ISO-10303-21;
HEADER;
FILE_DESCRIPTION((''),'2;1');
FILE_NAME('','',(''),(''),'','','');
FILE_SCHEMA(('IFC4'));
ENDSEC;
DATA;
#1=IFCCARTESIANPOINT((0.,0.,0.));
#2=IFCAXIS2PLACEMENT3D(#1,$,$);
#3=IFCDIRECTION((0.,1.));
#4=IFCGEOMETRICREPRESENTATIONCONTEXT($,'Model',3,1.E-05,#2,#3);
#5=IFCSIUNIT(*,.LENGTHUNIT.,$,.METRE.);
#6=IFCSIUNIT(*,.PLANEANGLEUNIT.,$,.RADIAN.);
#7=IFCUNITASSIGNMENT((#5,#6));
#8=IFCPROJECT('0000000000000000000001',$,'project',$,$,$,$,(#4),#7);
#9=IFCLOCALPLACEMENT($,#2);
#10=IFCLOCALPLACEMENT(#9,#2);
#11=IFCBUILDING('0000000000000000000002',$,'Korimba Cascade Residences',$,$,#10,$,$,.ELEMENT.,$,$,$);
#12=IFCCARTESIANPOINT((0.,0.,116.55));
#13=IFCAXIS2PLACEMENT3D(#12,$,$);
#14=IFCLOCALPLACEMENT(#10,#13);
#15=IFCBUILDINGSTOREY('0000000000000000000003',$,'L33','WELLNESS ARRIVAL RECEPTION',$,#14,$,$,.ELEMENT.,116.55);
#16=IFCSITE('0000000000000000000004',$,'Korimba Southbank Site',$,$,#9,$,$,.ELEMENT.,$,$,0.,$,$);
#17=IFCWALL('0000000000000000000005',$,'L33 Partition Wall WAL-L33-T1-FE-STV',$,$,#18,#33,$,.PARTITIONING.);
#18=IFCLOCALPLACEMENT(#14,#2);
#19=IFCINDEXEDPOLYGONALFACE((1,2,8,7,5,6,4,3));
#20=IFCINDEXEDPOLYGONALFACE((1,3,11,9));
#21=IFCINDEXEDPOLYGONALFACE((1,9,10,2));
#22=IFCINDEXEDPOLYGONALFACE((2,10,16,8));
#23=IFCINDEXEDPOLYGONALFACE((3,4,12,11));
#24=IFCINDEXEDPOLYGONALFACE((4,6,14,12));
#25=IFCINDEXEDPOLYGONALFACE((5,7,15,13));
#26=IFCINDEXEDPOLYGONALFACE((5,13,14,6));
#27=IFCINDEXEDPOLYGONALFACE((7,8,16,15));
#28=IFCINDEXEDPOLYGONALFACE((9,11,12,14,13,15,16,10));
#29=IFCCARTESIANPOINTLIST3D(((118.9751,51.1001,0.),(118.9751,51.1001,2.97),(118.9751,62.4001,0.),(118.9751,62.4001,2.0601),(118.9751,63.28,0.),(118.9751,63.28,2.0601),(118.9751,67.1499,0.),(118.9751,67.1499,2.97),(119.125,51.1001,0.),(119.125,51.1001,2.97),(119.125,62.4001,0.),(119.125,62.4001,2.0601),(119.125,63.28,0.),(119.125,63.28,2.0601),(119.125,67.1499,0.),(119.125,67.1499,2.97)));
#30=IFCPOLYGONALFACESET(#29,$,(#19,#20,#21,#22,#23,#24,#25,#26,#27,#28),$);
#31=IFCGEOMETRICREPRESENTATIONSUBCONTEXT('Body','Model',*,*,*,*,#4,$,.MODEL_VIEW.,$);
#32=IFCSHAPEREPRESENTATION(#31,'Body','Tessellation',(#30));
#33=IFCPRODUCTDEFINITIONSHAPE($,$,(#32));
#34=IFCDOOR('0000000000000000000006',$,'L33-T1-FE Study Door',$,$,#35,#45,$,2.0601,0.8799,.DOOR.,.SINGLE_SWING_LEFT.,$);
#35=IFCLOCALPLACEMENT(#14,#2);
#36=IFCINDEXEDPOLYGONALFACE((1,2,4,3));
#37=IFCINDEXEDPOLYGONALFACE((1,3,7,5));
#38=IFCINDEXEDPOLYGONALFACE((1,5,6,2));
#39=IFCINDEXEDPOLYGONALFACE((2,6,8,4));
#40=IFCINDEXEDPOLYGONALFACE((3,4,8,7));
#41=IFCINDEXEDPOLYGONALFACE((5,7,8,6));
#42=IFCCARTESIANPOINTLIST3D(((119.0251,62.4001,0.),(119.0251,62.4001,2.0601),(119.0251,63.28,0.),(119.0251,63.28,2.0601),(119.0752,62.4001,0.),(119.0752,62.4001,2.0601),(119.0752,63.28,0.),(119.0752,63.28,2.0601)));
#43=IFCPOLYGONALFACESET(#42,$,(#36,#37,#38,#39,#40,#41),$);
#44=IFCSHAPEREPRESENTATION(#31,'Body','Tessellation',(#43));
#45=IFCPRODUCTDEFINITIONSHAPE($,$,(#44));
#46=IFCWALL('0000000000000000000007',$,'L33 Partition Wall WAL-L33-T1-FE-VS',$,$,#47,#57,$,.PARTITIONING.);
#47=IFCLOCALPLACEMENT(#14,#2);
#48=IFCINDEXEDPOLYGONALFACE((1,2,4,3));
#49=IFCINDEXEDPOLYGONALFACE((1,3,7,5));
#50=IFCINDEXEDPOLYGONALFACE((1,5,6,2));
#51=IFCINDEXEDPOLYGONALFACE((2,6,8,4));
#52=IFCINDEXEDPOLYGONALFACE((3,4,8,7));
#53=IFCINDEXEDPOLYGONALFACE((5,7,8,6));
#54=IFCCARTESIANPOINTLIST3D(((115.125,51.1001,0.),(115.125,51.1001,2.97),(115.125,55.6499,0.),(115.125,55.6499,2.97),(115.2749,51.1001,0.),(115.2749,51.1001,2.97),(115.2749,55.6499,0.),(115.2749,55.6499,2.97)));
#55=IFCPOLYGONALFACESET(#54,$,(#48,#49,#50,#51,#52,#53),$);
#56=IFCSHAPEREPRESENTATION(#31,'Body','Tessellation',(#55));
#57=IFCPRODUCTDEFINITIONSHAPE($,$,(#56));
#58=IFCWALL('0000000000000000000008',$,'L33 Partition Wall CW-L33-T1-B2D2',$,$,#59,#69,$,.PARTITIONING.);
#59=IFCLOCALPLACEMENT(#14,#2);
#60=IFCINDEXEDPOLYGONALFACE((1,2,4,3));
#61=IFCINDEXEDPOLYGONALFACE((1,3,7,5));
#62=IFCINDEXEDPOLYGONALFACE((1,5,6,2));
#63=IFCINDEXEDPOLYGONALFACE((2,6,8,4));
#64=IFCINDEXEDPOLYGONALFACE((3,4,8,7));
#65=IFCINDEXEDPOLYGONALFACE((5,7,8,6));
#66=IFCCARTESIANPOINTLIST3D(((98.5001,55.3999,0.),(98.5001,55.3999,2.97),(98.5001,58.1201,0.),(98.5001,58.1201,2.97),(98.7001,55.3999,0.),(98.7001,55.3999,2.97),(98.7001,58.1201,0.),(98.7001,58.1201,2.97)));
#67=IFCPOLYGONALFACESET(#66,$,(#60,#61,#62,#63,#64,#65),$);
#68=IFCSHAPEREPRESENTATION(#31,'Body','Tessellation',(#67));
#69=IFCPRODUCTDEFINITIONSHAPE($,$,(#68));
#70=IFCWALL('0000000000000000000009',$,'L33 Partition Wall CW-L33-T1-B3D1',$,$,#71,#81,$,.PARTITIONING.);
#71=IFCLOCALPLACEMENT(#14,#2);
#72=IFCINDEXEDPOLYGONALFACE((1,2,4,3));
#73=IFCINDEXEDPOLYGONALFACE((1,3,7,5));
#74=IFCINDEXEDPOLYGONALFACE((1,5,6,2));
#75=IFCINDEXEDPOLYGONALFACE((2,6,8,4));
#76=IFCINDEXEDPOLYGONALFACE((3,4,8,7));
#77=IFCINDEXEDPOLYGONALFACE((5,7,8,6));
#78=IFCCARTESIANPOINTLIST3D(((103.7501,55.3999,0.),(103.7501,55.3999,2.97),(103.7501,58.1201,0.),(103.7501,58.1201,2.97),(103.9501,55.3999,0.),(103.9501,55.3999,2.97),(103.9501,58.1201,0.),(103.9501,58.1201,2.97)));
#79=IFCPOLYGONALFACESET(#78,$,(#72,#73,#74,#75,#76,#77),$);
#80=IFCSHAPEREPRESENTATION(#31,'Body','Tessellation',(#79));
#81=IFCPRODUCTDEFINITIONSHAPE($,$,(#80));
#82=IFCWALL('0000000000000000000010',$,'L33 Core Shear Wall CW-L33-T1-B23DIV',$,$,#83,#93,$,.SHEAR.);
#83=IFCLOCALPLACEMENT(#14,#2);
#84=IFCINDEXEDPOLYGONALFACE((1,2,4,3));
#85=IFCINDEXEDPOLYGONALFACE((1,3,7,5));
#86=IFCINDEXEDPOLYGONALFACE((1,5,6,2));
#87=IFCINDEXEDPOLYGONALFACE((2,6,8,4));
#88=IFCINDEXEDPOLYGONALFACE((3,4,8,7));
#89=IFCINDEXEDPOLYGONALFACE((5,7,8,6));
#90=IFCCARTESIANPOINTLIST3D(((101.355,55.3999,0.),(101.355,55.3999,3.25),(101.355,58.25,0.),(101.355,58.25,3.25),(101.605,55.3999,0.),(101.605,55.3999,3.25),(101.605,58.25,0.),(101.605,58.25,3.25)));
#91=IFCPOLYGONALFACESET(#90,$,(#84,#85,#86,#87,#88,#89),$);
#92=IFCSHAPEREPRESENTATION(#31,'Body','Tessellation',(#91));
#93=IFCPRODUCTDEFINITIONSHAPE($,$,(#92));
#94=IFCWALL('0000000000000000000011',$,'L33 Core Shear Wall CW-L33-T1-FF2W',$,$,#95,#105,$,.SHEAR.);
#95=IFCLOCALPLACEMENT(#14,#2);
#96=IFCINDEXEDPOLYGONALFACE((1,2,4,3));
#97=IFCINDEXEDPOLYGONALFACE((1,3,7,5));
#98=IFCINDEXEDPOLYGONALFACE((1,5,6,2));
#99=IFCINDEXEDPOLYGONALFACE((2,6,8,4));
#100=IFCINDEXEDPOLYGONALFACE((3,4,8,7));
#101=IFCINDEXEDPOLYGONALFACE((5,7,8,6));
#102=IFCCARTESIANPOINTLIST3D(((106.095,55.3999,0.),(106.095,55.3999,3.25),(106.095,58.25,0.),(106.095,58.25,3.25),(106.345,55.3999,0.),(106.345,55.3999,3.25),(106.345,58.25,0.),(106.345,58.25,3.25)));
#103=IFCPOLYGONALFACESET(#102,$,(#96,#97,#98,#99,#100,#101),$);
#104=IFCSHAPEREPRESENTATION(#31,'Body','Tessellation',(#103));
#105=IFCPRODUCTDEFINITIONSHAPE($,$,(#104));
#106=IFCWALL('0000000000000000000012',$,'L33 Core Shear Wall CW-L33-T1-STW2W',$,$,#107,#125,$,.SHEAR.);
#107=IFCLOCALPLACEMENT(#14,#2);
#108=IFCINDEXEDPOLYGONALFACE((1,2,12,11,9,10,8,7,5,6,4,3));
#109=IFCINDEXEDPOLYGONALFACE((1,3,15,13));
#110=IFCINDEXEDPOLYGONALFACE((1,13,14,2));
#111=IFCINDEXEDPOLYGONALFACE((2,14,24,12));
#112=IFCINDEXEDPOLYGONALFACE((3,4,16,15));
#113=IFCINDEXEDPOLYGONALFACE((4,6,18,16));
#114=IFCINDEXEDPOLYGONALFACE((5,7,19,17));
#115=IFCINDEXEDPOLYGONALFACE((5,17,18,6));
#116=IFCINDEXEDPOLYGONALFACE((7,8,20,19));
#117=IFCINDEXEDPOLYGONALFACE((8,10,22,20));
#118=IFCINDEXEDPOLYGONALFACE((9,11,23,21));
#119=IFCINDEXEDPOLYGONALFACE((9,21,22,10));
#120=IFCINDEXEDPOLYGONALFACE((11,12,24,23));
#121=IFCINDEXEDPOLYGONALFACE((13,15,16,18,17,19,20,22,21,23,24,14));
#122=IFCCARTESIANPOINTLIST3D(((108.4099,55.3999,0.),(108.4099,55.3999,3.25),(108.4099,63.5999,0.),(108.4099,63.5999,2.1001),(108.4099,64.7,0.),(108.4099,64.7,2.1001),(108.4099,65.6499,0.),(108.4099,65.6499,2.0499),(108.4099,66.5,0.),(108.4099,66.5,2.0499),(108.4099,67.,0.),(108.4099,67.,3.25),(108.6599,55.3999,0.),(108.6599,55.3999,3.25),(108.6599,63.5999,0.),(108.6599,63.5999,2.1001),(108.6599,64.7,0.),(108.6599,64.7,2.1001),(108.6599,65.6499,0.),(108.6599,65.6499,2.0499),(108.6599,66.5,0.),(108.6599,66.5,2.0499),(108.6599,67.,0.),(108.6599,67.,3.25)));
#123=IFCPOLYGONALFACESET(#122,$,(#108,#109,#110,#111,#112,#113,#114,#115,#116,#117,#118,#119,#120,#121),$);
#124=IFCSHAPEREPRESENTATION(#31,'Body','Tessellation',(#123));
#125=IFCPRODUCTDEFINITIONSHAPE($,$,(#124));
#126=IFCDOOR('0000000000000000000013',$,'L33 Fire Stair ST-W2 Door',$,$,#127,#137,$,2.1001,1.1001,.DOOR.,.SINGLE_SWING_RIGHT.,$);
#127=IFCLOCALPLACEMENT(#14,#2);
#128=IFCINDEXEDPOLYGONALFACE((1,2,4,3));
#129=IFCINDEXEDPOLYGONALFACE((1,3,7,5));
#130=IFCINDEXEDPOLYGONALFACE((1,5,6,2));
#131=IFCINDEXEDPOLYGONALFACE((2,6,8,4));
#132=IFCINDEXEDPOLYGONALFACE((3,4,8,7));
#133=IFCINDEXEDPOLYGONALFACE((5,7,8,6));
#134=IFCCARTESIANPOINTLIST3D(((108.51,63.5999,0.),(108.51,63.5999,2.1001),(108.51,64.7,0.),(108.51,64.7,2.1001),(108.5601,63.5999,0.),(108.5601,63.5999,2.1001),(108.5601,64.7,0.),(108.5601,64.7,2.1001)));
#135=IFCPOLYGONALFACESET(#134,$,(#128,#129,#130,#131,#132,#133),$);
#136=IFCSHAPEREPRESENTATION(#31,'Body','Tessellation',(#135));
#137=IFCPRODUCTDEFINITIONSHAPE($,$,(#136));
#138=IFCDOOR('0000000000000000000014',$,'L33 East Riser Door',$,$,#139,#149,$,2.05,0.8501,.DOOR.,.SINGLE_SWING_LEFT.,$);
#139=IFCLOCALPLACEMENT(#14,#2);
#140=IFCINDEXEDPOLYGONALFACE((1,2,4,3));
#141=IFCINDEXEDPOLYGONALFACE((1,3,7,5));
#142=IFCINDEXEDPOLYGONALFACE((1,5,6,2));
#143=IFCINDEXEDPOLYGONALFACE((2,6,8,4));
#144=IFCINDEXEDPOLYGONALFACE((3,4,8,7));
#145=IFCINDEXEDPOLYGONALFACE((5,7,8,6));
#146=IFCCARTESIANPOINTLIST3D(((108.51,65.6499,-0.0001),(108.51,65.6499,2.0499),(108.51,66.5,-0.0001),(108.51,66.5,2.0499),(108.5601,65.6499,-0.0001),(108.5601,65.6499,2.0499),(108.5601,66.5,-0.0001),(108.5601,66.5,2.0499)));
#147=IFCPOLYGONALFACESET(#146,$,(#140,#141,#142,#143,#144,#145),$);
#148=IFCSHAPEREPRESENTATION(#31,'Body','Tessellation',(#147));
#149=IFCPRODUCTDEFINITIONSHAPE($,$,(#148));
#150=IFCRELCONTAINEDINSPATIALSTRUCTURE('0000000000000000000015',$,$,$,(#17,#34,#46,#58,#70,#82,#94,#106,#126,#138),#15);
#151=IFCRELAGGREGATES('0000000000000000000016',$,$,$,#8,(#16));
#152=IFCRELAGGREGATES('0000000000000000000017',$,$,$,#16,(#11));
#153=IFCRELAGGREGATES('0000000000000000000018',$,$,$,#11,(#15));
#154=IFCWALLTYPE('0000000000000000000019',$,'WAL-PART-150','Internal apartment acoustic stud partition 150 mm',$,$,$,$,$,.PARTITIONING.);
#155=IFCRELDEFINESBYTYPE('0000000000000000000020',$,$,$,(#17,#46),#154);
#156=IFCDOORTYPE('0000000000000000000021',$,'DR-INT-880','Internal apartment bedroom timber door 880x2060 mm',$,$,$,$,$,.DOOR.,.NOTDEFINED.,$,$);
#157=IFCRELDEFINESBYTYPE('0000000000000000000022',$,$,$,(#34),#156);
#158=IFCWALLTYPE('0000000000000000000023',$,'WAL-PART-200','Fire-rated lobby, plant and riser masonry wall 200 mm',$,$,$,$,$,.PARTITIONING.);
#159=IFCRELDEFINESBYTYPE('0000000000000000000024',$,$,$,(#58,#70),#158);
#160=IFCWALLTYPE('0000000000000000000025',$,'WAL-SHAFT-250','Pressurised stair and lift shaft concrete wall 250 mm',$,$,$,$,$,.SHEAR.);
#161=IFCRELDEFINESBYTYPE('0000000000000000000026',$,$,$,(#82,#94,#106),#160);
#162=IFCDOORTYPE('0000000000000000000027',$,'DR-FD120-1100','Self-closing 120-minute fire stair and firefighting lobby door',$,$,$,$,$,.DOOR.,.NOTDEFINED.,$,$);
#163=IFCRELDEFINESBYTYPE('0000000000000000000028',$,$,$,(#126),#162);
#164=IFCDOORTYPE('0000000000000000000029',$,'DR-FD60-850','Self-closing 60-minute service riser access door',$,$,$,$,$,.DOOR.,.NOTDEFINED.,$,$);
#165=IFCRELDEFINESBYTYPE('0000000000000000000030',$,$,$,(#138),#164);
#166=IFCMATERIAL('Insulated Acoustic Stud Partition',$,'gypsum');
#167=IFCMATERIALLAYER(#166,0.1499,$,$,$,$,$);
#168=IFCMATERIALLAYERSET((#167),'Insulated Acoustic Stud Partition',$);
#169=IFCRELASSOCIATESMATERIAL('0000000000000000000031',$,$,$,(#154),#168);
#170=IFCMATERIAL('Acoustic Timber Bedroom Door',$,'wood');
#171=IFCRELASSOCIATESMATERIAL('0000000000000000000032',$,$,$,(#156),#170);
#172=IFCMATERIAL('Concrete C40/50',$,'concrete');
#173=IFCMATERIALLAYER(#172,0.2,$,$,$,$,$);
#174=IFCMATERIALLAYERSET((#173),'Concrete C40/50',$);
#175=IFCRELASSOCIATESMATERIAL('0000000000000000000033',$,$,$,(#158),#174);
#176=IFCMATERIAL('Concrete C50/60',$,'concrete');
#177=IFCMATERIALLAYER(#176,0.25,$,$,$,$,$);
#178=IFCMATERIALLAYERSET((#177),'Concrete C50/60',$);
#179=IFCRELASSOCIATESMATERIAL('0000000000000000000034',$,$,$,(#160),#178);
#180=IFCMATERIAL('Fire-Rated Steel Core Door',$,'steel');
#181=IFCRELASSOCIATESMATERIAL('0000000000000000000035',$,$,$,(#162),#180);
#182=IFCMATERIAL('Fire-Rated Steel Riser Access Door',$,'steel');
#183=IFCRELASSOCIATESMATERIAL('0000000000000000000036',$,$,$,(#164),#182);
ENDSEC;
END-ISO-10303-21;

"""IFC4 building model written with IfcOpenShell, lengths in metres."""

from ifc_helpers import new_model, si_unit, direction, frame, frame_2d, origin, place, context, subcontext, project, spatial, rectangle, extrude, material, layer, layer_set, type_object, element, fill, save


model = new_model("IFC4")

# Units and contexts
model_context = context("Model", 3, precision=1e-05, world=origin(), true_north=direction((0.0, 1.0)))
body_context = subcontext(model_context, "Body", "Model", "MODEL_VIEW")
ifc_project = project(units=[si_unit("LENGTHUNIT", "METRE"), si_unit("PLANEANGLEUNIT", "RADIAN")], contexts=[model_context])

# Site, building, storey
site_placement = place(None, origin())
site = spatial("IfcSite", under=ifc_project, at=site_placement, Name="Korimba Southbank Site", CompositionType="ELEMENT", RefElevation=0.0)
building_placement = place(site_placement, origin())
building = spatial("IfcBuilding", under=site, at=building_placement, Name="Korimba Cascade Residences", CompositionType="ELEMENT")
storey_placement = place(building_placement, frame((0.0, 0.0, 116.55)))
storey = spatial("IfcBuildingStorey", under=building, at=storey_placement, Name="L33", Description="WELLNESS ARRIVAL RECEPTION", CompositionType="ELEMENT", Elevation=116.55)

# Wall, opening, door
ifc_material_1 = material(Name="Insulated Acoustic Stud Partition", Category="gypsum")
ifc_layer_1 = layer(ifc_material_1, 0.1499)
ifc_layer_set_1 = layer_set([ifc_layer_1], Name="Insulated Acoustic Stud Partition")
wall_type_1 = type_object("IfcWallType", Name="WAL-PART-150", Description="Internal apartment acoustic stud partition 150 mm", PredefinedType="PARTITIONING", material=ifc_layer_set_1)
wall_1_placement = place(storey_placement, frame((119.05, 51.1001, 0.0), z_axis=(0.0, 0.0, 1.0), x_axis=(0.0, 1.0, 0.0)))
wall_1 = element("IfcWall", 1, at=wall_1_placement, inside=storey, type_object=wall_type_1, Name="L33 Partition Wall WAL-L33-T1-FE-STV", PredefinedType="PARTITIONING", context=body_context, shape_type="SweptSolid", body=[
    extrude(rectangle(XDim=16.0498, YDim=0.1499, at=frame_2d((8.0249, 0.0))), origin(), (0.0, 0.0, 1.0), 2.97),
])
opening_1_placement = place(wall_1_placement, frame((11.3, 0.0, 0.0)))
opening_1 = element("IfcOpeningElement", 2, at=opening_1_placement, cuts=wall_1, PredefinedType="OPENING", context=body_context, shape_type="SweptSolid", body=[
    extrude(rectangle(XDim=0.8799, YDim=2.0601, at=frame_2d((0.4399, 1.03))), frame((0.0, 0.085, 0.0), z_axis=(0.0, -1.0, 0.0), x_axis=(1.0, 0.0, 0.0)), (0.0, 0.0, 1.0), 0.1699),
])
ifc_material_2 = material(Name="Acoustic Timber Bedroom Door", Category="wood")
door_type_1 = type_object("IfcDoorType", Name="DR-INT-880", Description="Internal apartment bedroom timber door 880x2060 mm", OperationType="NOTDEFINED", PredefinedType="DOOR", material=ifc_material_2)
door_1_placement = place(opening_1_placement, origin())
door_1 = element("IfcDoor", 3, at=door_1_placement, inside=storey, type_object=door_type_1, Name="L33-T1-FE Study Door", OperationType="SINGLE_SWING_LEFT", OverallHeight=2.0601, OverallWidth=0.8799, PredefinedType="DOOR", context=body_context, shape_type="SweptSolid", body=[
    extrude(rectangle(XDim=0.8799, YDim=2.0601, at=frame_2d((0.4399, 1.03))), frame((0.0, 0.0249, 0.0), z_axis=(0.0, -1.0, 0.0), x_axis=(1.0, 0.0, 0.0)), (0.0, 0.0, 1.0), 0.05),
])
fill(opening_1, door_1)

# Walls
wall_2_placement = place(storey_placement, frame((115.2, 51.1001, 0.0), z_axis=(0.0, 0.0, 1.0), x_axis=(0.0, 1.0, 0.0)))
element("IfcWall", 4, at=wall_2_placement, inside=storey, type_object=wall_type_1, Name="L33 Partition Wall WAL-L33-T1-FE-VS", PredefinedType="PARTITIONING", context=body_context, shape_type="SweptSolid", body=[
    extrude(rectangle(XDim=4.5498, YDim=0.1499, at=frame_2d((2.2749, 0.0))), origin(), (0.0, 0.0, 1.0), 2.97),
])
ifc_material_3 = material(Name="Concrete C40/50", Category="concrete")
ifc_layer_2 = layer(ifc_material_3, 0.2)
ifc_layer_set_2 = layer_set([ifc_layer_2], Name="Concrete C40/50")
wall_type_2 = type_object("IfcWallType", Name="WAL-PART-200", Description="Fire-rated lobby, plant and riser masonry wall 200 mm", PredefinedType="PARTITIONING", material=ifc_layer_set_2)
for number, where, z_axis, x_axis, name in (
    (5, (98.6001, 55.3999, 0.0), (0.0, 0.0, 1.0), (0.0, 1.0, 0.0), "L33 Partition Wall CW-L33-T1-B2D2"),
    (6, (103.8501, 55.3999, 0.0), (0.0, 0.0, 1.0), (0.0, 1.0, 0.0), "L33 Partition Wall CW-L33-T1-B3D1"),
):
    element("IfcWall", number, at=place(storey_placement, frame(where, z_axis=z_axis, x_axis=x_axis)), inside=storey, type_object=wall_type_2, Name=name, PredefinedType="PARTITIONING", context=body_context, shape_type="SweptSolid", body=[
        extrude(rectangle(XDim=2.7202, YDim=0.2, at=frame_2d((1.3601, 0.0))), origin(), (0.0, 0.0, 1.0), 2.97),
    ])
ifc_material_4 = material(Name="Concrete C50/60", Category="concrete")
ifc_layer_3 = layer(ifc_material_4, 0.25)
ifc_layer_set_3 = layer_set([ifc_layer_3], Name="Concrete C50/60")
wall_type_3 = type_object("IfcWallType", Name="WAL-SHAFT-250", Description="Pressurised stair and lift shaft concrete wall 250 mm", PredefinedType="SHEAR", material=ifc_layer_set_3)
for number, where, z_axis, x_axis, name in (
    (7, (101.48, 55.3999, 0.0), (0.0, 0.0, 1.0), (0.0, 1.0, 0.0), "L33 Core Shear Wall CW-L33-T1-B23DIV"),
    (8, (106.22, 55.3999, 0.0), (0.0, 0.0, 1.0), (0.0, 1.0, 0.0), "L33 Core Shear Wall CW-L33-T1-FF2W"),
):
    element("IfcWall", number, at=place(storey_placement, frame(where, z_axis=z_axis, x_axis=x_axis)), inside=storey, type_object=wall_type_3, Name=name, PredefinedType="SHEAR", context=body_context, shape_type="SweptSolid", body=[
        extrude(rectangle(XDim=2.8501, YDim=0.25, at=frame_2d((1.425, 0.0))), origin(), (0.0, 0.0, 1.0), 3.25),
    ])

# Wall, openings, doors
wall_3_placement = place(storey_placement, frame((108.5349, 55.3999, 0.0), z_axis=(0.0, 0.0, 1.0), x_axis=(0.0, 1.0, 0.0)))
wall_3 = element("IfcWall", 9, at=wall_3_placement, inside=storey, type_object=wall_type_3, Name="L33 Core Shear Wall CW-L33-T1-STW2W", PredefinedType="SHEAR", context=body_context, shape_type="SweptSolid", body=[
    extrude(rectangle(XDim=11.6001, YDim=0.25, at=frame_2d((5.8, 0.0))), origin(), (0.0, 0.0, 1.0), 3.25),
])
opening_2_placement = place(wall_3_placement, frame((8.2, 0.0, 0.0)))
opening_2 = element("IfcOpeningElement", 10, at=opening_2_placement, cuts=wall_3, PredefinedType="OPENING", context=body_context, shape_type="SweptSolid", body=[
    extrude(rectangle(XDim=1.1001, YDim=2.1001, at=frame_2d((0.55, 1.05))), frame((0.0, 0.135, 0.0), z_axis=(0.0, -1.0, 0.0), x_axis=(1.0, 0.0, 0.0)), (0.0, 0.0, 1.0), 0.27),
])
opening_3_placement = place(wall_3_placement, frame((10.25, 0.0, 0.0)))
opening_3 = element("IfcOpeningElement", 11, at=opening_3_placement, cuts=wall_3, PredefinedType="OPENING", context=body_context, shape_type="SweptSolid", body=[
    extrude(rectangle(XDim=0.8501, YDim=2.05, at=frame_2d((0.425, 1.0249))), frame((0.0, 0.135, 0.0), z_axis=(0.0, -1.0, 0.0), x_axis=(1.0, 0.0, 0.0)), (0.0, 0.0, 1.0), 0.27),
])
ifc_material_5 = material(Name="Fire-Rated Steel Core Door", Category="steel")
door_type_2 = type_object("IfcDoorType", Name="DR-FD120-1100", Description="Self-closing 120-minute fire stair and firefighting lobby door", OperationType="NOTDEFINED", PredefinedType="DOOR", material=ifc_material_5)
door_2_placement = place(opening_2_placement, origin())
door_2 = element("IfcDoor", 12, at=door_2_placement, inside=storey, type_object=door_type_2, Name="L33 Fire Stair ST-W2 Door", OperationType="SINGLE_SWING_RIGHT", OverallHeight=2.1001, OverallWidth=1.1001, PredefinedType="DOOR", context=body_context, shape_type="SweptSolid", body=[
    extrude(rectangle(XDim=1.1001, YDim=2.1001, at=frame_2d((0.55, 1.05))), frame((0.0, 0.0249, 0.0), z_axis=(0.0, -1.0, 0.0), x_axis=(1.0, 0.0, 0.0)), (0.0, 0.0, 1.0), 0.05),
])
fill(opening_2, door_2)
ifc_material_6 = material(Name="Fire-Rated Steel Riser Access Door", Category="steel")
door_type_3 = type_object("IfcDoorType", Name="DR-FD60-850", Description="Self-closing 60-minute service riser access door", OperationType="NOTDEFINED", PredefinedType="DOOR", material=ifc_material_6)
door_3_placement = place(opening_3_placement, origin())
door_3 = element("IfcDoor", 13, at=door_3_placement, inside=storey, type_object=door_type_3, Name="L33 East Riser Door", OperationType="SINGLE_SWING_LEFT", OverallHeight=2.05, OverallWidth=0.8501, PredefinedType="DOOR", context=body_context, shape_type="SweptSolid", body=[
    extrude(rectangle(XDim=0.8501, YDim=2.05, at=frame_2d((0.425, 1.0249))), frame((0.0, 0.0249, 0.0), z_axis=(0.0, -1.0, 0.0), x_axis=(1.0, 0.0, 0.0)), (0.0, 0.0, 1.0), 0.05),
])
fill(opening_3, door_3)

save(model, "model.ifc")
